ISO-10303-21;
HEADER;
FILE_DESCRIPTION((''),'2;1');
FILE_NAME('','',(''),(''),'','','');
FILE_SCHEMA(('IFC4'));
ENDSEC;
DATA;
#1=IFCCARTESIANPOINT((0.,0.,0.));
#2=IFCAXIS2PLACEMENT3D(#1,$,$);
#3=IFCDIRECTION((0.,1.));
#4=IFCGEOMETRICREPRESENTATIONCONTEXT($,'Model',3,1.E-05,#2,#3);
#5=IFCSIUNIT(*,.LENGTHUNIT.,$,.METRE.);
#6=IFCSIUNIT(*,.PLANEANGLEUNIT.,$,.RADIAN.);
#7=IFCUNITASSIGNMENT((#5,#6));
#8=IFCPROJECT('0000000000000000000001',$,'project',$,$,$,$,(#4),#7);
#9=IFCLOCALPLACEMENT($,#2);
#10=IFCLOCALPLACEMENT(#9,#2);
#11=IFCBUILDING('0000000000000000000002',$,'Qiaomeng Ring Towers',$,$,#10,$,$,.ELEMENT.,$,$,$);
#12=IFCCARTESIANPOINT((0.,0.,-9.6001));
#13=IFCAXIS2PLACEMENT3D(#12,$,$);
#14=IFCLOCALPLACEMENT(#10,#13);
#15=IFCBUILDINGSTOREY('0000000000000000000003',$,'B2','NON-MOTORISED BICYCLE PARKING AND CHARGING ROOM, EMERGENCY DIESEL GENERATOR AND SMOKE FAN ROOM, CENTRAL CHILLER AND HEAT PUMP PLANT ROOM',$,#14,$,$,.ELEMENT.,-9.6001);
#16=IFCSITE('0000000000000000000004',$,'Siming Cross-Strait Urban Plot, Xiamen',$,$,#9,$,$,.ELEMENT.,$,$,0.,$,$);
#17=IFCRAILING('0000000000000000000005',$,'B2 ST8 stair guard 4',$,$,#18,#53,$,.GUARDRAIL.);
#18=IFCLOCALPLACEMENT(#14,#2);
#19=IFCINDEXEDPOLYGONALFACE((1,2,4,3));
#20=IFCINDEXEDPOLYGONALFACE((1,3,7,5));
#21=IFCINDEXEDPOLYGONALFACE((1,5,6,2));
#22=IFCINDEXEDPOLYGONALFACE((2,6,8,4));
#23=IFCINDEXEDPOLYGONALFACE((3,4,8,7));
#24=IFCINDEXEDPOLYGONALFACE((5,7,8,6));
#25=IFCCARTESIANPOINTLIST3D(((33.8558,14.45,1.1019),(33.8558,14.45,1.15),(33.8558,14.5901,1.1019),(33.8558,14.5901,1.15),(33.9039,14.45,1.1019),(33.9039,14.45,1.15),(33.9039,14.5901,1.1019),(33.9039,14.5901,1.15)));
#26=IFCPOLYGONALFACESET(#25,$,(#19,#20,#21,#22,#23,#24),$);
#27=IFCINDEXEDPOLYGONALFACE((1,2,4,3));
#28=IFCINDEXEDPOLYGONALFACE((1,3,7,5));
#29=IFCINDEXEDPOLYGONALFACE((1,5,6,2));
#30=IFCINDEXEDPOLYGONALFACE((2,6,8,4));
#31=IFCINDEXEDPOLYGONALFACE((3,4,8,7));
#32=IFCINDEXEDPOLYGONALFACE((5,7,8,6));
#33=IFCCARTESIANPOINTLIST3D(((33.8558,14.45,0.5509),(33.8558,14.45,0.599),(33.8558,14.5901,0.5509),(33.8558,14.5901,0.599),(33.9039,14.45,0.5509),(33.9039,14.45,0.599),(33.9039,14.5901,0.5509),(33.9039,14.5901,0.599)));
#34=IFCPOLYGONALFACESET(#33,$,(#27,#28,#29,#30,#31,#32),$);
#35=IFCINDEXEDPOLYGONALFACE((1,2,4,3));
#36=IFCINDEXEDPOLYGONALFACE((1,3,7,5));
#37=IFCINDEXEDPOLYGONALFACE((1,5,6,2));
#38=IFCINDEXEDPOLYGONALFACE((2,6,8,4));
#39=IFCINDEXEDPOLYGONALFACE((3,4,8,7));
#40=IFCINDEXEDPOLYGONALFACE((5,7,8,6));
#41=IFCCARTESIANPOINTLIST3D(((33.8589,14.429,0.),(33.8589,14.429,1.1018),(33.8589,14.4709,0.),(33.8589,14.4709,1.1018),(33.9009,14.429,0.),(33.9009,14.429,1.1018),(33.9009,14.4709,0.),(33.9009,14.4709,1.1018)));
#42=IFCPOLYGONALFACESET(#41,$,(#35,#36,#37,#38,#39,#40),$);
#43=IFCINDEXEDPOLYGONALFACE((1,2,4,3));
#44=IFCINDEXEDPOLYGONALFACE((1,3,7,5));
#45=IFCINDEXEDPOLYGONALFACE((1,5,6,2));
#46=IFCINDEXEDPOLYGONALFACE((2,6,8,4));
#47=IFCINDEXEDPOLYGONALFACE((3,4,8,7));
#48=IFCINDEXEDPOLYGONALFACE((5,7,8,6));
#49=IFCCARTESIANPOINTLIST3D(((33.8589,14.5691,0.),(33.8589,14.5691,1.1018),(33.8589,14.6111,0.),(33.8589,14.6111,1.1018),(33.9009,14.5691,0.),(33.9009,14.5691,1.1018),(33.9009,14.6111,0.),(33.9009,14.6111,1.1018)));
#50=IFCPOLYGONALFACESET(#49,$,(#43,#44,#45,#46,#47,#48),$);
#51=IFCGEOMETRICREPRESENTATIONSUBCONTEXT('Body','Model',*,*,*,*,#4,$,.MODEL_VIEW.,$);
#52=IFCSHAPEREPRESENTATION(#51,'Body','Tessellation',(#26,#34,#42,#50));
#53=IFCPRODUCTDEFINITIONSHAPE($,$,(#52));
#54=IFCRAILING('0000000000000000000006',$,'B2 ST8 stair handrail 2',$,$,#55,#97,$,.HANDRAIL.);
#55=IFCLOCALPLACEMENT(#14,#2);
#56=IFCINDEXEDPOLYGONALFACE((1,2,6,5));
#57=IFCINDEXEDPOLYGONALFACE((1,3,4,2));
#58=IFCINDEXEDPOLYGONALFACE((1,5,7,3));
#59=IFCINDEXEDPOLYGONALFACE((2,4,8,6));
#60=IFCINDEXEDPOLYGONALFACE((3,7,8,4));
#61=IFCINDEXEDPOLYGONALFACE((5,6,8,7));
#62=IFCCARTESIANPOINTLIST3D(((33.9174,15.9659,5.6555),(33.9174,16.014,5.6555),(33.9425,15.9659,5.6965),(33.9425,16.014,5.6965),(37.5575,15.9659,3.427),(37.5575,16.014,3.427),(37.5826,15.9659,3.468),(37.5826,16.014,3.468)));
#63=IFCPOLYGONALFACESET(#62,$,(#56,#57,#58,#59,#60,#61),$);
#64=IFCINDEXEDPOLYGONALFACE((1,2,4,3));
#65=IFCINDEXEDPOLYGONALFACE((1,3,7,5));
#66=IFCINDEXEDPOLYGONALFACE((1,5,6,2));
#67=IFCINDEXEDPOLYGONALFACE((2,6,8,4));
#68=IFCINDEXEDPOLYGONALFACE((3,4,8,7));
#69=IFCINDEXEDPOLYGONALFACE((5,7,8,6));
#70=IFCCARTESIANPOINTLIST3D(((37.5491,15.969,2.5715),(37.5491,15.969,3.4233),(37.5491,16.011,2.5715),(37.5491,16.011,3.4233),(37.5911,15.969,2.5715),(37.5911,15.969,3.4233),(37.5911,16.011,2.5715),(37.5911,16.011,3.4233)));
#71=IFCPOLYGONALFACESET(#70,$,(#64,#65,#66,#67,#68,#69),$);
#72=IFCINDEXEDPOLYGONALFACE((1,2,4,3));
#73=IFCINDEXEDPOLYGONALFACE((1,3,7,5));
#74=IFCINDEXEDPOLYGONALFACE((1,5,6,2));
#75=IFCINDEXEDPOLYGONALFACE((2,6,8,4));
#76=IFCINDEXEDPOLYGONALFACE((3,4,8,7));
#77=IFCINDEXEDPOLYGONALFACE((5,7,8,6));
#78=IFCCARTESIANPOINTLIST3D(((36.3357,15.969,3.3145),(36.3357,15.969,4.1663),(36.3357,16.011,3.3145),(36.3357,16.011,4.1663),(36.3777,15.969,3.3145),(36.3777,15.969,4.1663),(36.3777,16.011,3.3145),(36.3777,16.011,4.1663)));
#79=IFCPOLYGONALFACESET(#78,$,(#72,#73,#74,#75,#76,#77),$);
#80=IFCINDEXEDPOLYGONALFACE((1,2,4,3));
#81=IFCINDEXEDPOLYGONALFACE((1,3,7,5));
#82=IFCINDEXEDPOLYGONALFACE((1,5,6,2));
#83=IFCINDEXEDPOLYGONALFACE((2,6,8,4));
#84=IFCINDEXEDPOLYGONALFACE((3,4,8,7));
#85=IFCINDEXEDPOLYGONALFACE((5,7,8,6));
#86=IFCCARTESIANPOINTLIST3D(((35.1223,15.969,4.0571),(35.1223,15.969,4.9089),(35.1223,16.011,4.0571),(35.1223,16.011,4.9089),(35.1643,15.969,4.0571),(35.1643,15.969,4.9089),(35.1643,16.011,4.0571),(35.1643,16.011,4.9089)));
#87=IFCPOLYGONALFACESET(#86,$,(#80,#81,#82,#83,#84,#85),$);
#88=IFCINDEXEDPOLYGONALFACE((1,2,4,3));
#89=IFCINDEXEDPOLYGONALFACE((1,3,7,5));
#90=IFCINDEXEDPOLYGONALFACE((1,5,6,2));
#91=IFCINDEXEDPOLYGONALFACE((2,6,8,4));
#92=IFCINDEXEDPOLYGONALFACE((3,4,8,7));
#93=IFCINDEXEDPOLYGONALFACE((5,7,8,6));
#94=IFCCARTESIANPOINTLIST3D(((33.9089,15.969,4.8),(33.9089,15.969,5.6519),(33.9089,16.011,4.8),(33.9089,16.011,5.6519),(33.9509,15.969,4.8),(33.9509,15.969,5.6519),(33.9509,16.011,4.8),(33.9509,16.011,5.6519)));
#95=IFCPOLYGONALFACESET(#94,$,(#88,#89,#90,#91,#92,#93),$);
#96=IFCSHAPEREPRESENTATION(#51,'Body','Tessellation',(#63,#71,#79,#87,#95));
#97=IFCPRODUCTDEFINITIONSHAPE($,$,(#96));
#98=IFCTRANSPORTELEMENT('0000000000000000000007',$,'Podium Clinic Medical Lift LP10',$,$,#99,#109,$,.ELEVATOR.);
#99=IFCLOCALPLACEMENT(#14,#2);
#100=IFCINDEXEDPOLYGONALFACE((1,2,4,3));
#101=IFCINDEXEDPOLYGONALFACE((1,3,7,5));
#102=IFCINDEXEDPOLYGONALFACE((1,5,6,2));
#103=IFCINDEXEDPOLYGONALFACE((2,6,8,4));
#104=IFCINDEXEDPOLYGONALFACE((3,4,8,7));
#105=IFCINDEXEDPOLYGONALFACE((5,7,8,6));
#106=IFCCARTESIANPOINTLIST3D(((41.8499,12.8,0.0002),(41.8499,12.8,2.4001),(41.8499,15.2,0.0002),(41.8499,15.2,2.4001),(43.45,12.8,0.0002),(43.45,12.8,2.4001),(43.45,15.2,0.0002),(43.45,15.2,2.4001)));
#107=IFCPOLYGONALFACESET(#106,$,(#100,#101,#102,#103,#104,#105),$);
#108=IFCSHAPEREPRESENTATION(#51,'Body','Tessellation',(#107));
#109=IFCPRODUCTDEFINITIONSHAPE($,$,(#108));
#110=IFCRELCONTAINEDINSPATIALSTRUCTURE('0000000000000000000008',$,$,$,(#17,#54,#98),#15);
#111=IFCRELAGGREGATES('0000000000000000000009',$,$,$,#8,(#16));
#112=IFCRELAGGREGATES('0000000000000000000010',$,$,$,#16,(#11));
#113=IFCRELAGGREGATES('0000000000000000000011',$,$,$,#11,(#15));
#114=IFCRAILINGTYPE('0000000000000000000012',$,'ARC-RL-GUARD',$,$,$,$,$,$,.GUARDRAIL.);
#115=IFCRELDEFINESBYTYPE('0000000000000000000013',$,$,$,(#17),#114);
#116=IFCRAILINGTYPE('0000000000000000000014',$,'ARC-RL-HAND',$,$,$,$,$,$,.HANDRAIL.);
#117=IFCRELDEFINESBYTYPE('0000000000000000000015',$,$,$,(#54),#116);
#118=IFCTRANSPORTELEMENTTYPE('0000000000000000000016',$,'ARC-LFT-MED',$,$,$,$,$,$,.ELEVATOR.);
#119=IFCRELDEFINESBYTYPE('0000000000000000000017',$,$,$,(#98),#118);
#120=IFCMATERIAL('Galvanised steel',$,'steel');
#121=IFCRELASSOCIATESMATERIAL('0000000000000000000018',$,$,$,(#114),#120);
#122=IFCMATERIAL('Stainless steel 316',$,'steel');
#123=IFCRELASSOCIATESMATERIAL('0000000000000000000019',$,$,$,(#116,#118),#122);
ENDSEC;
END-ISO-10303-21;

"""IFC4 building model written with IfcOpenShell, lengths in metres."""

from ifc_helpers import new_model, si_unit, direction, frame, origin, origin_2d, place, context, subcontext, project, spatial, rectangle, extrude, source, transform, mapped, material, type_object, element, save


model = new_model("IFC4")

# Units and contexts
model_context = context("Model", 3, precision=1e-05, world=origin(), true_north=direction((0.0, 1.0)))
body_context = subcontext(model_context, "Body", "Model", "MODEL_VIEW")
ifc_project = project(units=[si_unit("LENGTHUNIT", "METRE"), si_unit("PLANEANGLEUNIT", "RADIAN")], contexts=[model_context])

# Site, building, storey
site_placement = place(None, origin())
site = spatial("IfcSite", under=ifc_project, at=site_placement, Name="Siming Cross-Strait Urban Plot, Xiamen", CompositionType="ELEMENT", RefElevation=0.0)
building_placement = place(site_placement, origin())
building = spatial("IfcBuilding", under=site, at=building_placement, Name="Qiaomeng Ring Towers", CompositionType="ELEMENT")
storey_placement = place(building_placement, frame((0.0, 0.0, -9.6001)))
storey = spatial("IfcBuildingStorey", under=building, at=storey_placement, Name="B2", Description="NON-MOTORISED BICYCLE PARKING AND CHARGING ROOM, EMERGENCY DIESEL GENERATOR AND SMOKE FAN ROOM, CENTRAL CHILLER AND HEAT PUMP PLANT ROOM", CompositionType="ELEMENT", Elevation=-9.6001)

# Shared definitions
ifc_material_1 = material(Name="Galvanised steel", Category="steel")

# Railings
railing_type_1 = type_object("IfcRailingType", Name="ARC-RL-GUARD", PredefinedType="GUARDRAIL", material=ifc_material_1)
railing_1_placement = place(storey_placement, frame((33.8799, 14.45, 0.0)))
element("IfcRailing", 1, at=railing_1_placement, inside=storey, type_object=railing_type_1, Name="B2 ST8 stair guard 4", PredefinedType="GUARDRAIL", context=body_context, shape_type="SweptSolid", body=[
    extrude(rectangle(XDim=0.0481, YDim=0.0481, at=origin_2d()), frame((0.0, 0.0, 1.126), z_axis=(0.0, 1.0, 0.0), x_axis=(-1.0, 0.0, 0.0)), (0.0, 0.0, 1.0), 0.1401),
    extrude(rectangle(XDim=0.0481, YDim=0.0481, at=origin_2d()), frame((0.0, 0.0, 0.575), z_axis=(0.0, 1.0, 0.0), x_axis=(-1.0, 0.0, 0.0)), (0.0, 0.0, 1.0), 0.1401),
    extrude(rectangle(XDim=0.042, YDim=0.042, at=origin_2d()), origin(), (0.0, 0.0, 1.0), 1.1018),
    extrude(rectangle(XDim=0.042, YDim=0.042, at=origin_2d()), frame((0.0, 0.1401, 0.0)), (0.0, 0.0, 1.0), 1.1018),
])
ifc_material_2 = material(Name="Stainless steel 316", Category="steel")
railing_type_2 = type_object("IfcRailingType", Name="ARC-RL-HAND", PredefinedType="HANDRAIL", material=ifc_material_2)
railing_2_placement = place(storey_placement, frame((37.5701, 15.99, 2.5715)))
element("IfcRailing", 2, at=railing_2_placement, inside=storey, type_object=railing_type_2, Name="B2 ST8 stair handrail 2", PredefinedType="HANDRAIL", context=body_context, shape_type="SweptSolid", body=[
    extrude(rectangle(XDim=0.0481, YDim=0.0481, at=origin_2d()), frame((0.0, 0.0, 0.876), z_axis=(-0.852866, 0.0, 0.52213), x_axis=(0.0, -1.0, 0.0)), (0.0, 0.0, 1.0), 4.2681),
    extrude(rectangle(XDim=0.042, YDim=0.042, at=origin_2d()), origin(), (0.0, 0.0, 1.0), 0.8518),
    extrude(rectangle(XDim=0.042, YDim=0.042, at=origin_2d()), frame((-1.2134, 0.0, 0.7429)), (0.0, 0.0, 1.0), 0.8518),
    extrude(rectangle(XDim=0.042, YDim=0.042, at=origin_2d()), frame((-2.4268, 0.0, 1.4856)), (0.0, 0.0, 1.0), 0.8518),
    extrude(rectangle(XDim=0.042, YDim=0.042, at=origin_2d()), frame((-3.6401, 0.0, 2.2285)), (0.0, 0.0, 1.0), 0.8518),
])

# Transport element
transport_element_type = type_object("IfcTransportElementType", Name="ARC-LFT-MED", PredefinedType="ELEVATOR", material=ifc_material_2)
shared_shape_1 = source(origin(), body_context, "Body", "SweptSolid", [
    extrude(rectangle(XDim=1.6001, YDim=2.3999, at=origin_2d()), origin(), (0.0, 0.0, 1.0), 2.3999),
])
transport_element_placement = place(storey_placement, frame((42.6499, 14.0, 0.0002), z_axis=(0.0, 0.0, 1.0), x_axis=(1.0, 0.0, 0.0)))
element("IfcTransportElement", 3, at=transport_element_placement, inside=storey, type_object=transport_element_type, Name="Podium Clinic Medical Lift LP10", PredefinedType="ELEVATOR", context=body_context, shape_type="MappedRepresentation", body=[
    mapped(shared_shape_1, transform((0.0, 0.0, 0.0), x_axis=(1.0, 0.0, 0.0), y_axis=(0.0, 1.0, 0.0), z_axis=(0.0, 0.0, 1.0), scale=1.0)),
])

save(model, "model.ifc")
